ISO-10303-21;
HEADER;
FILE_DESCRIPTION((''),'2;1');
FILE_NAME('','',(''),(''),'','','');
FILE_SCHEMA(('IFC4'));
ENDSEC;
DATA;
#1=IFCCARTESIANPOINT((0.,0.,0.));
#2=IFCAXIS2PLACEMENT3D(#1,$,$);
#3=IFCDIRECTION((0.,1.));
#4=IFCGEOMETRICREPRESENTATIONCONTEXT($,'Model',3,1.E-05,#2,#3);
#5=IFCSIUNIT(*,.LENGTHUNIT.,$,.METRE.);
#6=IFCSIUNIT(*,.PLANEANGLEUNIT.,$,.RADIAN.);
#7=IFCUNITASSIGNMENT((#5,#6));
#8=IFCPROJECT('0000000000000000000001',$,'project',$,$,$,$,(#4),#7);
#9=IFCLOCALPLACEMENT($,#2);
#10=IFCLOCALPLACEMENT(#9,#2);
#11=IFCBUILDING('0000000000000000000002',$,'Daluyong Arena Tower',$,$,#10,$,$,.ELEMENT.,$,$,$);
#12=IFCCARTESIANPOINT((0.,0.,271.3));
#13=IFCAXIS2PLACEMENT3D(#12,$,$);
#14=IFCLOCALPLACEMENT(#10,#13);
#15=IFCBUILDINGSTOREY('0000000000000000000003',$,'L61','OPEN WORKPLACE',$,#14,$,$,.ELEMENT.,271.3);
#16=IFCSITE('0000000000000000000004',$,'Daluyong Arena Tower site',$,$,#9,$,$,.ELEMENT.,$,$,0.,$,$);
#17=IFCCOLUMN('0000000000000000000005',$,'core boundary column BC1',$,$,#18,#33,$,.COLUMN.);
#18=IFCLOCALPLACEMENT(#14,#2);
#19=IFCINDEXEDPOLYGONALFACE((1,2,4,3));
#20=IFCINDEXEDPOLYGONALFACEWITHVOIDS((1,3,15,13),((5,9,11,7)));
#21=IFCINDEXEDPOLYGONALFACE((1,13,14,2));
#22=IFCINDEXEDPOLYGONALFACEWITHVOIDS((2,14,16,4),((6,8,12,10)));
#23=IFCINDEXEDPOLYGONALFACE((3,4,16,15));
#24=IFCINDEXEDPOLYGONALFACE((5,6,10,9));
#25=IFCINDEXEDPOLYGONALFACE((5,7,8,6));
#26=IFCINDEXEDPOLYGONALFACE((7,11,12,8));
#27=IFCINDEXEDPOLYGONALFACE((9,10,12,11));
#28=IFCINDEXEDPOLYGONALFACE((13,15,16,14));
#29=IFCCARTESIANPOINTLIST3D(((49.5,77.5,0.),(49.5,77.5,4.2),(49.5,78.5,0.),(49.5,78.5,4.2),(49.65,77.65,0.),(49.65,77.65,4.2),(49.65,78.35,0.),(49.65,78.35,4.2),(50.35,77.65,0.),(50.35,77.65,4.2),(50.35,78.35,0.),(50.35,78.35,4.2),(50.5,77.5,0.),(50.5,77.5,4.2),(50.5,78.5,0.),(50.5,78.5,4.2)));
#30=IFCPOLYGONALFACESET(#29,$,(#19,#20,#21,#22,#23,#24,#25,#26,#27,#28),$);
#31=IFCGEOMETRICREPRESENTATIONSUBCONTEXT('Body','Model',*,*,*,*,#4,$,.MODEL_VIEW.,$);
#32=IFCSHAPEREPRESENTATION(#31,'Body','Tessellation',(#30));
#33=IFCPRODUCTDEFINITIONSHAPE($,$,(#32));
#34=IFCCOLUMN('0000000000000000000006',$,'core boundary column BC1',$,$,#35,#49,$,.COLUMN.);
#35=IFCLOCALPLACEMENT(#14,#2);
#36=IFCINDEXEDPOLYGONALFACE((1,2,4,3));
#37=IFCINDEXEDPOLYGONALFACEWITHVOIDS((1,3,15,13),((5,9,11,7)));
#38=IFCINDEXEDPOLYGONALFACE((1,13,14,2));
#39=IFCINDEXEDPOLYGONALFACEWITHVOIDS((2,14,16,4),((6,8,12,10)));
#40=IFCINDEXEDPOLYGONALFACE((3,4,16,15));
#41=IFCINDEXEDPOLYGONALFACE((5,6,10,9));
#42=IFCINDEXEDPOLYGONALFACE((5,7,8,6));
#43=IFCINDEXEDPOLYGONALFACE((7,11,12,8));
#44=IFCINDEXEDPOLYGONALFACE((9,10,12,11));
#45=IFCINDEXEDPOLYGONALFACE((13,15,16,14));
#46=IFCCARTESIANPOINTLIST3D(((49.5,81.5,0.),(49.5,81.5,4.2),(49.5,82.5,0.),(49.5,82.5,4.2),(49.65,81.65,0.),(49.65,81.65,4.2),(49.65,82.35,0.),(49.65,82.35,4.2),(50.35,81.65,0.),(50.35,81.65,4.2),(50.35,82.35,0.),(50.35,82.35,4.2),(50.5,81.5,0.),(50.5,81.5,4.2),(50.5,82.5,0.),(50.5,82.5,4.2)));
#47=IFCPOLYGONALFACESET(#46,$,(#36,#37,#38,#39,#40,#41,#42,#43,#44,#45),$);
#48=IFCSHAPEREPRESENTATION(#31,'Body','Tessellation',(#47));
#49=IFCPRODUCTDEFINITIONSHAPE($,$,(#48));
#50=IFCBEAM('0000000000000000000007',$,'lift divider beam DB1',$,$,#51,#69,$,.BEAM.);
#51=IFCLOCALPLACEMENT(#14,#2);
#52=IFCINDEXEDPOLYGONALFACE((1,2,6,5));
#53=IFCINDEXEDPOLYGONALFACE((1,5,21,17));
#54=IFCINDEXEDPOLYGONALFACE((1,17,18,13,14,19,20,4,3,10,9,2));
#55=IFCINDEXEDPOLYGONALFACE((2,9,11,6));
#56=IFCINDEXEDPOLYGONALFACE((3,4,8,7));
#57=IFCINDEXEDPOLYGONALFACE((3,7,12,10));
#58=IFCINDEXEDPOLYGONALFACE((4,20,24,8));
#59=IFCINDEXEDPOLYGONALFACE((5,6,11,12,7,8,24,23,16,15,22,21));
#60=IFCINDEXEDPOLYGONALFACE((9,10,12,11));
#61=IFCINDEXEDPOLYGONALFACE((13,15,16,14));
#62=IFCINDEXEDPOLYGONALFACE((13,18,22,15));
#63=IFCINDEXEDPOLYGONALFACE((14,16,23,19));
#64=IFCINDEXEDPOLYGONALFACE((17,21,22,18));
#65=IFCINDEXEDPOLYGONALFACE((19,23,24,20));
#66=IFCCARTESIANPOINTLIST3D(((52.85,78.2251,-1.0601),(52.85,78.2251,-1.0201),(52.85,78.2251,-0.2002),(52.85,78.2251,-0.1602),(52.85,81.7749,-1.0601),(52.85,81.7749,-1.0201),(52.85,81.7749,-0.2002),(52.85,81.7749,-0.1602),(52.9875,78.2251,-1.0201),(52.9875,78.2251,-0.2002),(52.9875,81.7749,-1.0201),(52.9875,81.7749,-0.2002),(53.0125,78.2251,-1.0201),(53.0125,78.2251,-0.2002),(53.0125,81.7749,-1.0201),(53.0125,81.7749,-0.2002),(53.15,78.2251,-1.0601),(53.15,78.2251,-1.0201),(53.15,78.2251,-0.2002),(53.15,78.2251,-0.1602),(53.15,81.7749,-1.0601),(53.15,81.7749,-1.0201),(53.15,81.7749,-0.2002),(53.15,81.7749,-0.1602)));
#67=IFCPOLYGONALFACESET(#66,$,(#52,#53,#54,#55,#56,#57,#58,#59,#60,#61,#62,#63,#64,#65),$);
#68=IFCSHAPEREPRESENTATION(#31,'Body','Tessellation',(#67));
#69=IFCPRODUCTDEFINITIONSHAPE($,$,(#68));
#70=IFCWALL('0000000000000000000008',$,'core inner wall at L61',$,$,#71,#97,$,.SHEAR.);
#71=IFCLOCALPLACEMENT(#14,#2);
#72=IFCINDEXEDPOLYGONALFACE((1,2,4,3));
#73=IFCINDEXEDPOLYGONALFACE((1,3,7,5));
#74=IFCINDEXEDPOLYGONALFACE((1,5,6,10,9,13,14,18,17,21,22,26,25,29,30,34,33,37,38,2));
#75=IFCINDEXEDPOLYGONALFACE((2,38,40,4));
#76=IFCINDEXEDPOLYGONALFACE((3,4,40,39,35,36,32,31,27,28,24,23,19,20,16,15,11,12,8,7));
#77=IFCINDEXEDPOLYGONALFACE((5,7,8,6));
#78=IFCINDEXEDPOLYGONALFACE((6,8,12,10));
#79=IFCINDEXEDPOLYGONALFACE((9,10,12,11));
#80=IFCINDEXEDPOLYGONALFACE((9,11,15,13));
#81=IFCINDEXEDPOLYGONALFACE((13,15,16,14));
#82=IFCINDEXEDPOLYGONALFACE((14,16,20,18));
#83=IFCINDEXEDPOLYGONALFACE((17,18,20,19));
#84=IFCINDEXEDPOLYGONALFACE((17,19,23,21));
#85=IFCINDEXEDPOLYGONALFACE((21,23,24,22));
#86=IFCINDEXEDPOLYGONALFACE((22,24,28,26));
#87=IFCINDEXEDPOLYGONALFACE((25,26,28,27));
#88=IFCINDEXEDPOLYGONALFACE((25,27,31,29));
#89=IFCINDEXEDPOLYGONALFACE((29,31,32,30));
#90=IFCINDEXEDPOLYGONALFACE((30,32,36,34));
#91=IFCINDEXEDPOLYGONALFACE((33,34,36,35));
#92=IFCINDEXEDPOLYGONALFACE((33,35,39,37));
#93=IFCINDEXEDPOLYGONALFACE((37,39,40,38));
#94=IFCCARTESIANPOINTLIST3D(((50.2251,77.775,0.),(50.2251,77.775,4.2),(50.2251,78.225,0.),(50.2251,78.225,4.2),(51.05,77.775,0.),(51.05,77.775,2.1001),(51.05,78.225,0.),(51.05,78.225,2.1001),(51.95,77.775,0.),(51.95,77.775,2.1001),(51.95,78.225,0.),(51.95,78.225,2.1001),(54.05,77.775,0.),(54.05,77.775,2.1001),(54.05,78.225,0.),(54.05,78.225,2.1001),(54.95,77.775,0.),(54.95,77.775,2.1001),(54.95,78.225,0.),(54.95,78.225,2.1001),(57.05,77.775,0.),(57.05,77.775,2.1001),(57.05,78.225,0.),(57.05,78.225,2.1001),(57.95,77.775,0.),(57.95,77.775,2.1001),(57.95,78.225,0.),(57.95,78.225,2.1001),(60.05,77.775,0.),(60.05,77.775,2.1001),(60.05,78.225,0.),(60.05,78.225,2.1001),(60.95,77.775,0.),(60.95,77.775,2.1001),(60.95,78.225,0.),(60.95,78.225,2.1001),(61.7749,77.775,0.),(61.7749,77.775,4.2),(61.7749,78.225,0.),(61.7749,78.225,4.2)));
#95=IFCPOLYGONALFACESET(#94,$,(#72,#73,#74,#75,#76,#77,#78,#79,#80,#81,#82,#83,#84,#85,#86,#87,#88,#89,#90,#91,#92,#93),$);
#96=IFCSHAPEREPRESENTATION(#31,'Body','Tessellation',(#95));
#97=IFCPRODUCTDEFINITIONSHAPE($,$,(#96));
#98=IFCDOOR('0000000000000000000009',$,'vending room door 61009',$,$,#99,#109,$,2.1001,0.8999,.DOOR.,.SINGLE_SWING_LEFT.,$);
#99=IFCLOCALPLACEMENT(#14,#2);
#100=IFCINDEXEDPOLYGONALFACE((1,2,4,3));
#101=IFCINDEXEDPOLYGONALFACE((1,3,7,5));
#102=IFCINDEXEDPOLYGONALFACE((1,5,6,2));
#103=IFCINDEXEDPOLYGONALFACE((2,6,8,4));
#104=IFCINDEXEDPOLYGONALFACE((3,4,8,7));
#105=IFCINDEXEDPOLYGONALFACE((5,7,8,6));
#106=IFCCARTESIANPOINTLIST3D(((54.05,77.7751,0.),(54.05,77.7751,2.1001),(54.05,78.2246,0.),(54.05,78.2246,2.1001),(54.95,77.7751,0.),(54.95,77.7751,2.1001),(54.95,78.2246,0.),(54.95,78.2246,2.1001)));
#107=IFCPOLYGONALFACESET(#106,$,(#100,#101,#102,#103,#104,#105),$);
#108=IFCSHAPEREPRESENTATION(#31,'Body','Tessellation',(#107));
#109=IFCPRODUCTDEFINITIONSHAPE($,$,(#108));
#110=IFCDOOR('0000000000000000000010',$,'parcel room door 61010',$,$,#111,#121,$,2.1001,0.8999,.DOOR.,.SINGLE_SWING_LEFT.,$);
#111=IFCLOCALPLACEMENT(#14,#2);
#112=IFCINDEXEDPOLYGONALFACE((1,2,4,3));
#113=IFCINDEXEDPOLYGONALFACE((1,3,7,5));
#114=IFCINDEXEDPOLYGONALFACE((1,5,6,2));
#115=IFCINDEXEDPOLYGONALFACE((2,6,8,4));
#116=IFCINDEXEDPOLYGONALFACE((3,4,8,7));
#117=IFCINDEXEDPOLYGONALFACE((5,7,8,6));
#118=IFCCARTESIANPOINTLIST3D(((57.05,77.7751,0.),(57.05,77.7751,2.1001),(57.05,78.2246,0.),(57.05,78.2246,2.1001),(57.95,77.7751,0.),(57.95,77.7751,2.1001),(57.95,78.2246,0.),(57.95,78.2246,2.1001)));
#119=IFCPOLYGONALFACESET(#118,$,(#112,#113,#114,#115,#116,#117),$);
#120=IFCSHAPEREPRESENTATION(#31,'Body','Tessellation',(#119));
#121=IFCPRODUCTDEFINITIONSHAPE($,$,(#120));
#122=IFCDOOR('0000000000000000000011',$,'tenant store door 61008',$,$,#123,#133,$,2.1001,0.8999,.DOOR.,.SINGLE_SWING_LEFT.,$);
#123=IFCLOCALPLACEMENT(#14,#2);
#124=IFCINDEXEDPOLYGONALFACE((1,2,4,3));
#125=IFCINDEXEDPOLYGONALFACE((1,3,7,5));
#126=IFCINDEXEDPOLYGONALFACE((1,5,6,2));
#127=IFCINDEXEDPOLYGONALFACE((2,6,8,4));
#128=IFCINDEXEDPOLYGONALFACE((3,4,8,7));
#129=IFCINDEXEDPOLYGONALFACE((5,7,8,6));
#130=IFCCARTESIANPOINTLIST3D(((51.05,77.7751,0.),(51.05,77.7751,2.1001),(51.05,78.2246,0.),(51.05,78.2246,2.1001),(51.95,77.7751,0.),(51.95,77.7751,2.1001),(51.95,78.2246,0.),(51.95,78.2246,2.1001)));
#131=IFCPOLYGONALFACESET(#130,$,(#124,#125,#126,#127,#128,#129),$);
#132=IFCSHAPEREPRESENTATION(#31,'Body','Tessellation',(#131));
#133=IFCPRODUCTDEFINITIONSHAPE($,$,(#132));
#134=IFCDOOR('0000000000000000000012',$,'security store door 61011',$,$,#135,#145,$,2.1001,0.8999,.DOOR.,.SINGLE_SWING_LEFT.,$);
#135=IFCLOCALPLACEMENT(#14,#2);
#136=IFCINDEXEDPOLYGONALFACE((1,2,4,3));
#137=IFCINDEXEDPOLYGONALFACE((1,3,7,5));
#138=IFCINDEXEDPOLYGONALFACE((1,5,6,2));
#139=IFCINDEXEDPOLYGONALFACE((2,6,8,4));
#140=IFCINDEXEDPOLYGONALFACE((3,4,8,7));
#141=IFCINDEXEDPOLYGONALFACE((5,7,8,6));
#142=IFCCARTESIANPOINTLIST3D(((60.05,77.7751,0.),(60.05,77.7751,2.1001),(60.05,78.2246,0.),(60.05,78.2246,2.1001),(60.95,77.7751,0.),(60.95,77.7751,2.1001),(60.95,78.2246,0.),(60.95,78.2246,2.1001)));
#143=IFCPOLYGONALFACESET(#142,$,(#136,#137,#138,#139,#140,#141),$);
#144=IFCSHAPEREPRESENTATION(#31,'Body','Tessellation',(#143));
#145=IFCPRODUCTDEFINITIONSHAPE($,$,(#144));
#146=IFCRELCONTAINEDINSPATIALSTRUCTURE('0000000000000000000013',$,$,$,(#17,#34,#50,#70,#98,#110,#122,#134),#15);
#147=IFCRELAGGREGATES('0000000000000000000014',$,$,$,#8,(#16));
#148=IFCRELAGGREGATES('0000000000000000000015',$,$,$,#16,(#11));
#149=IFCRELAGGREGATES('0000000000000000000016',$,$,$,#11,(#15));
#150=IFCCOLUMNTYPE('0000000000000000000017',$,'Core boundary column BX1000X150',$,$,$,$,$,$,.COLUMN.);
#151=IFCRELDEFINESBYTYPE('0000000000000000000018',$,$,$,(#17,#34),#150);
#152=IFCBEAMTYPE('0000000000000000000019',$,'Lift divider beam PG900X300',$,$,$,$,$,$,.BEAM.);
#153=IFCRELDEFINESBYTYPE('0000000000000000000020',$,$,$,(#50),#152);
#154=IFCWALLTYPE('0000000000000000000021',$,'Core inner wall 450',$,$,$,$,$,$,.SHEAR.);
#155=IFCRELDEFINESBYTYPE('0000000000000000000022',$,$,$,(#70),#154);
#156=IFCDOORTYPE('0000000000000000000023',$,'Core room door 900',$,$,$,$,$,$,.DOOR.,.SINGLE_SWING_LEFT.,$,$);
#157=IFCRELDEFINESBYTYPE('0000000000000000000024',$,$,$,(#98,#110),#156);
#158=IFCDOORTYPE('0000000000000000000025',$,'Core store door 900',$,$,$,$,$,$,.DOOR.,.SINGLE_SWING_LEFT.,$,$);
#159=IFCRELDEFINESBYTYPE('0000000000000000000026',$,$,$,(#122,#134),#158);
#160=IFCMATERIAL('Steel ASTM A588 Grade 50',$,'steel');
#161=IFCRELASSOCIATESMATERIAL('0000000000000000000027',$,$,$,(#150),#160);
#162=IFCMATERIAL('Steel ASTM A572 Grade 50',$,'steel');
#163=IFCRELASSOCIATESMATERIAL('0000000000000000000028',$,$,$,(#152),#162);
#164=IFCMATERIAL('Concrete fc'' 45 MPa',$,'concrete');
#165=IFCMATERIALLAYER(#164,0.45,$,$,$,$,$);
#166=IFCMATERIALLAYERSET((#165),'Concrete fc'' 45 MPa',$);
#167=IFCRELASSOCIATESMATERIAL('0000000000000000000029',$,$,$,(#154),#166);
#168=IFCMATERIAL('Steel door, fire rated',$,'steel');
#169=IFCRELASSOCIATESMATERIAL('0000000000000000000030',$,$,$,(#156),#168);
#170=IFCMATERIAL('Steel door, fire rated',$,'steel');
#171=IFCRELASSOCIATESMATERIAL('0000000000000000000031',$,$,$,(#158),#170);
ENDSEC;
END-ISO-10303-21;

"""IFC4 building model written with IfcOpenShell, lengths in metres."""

from ifc_helpers import new_model, si_unit, direction, frame, frame_2d, origin, origin_2d, place, context, subcontext, project, spatial, rectangle, hollow_rectangle, i_section, extrude, material, layer, layer_set, material_profile, profile_set, type_object, element, fill, save


model = new_model("IFC4")

# Units and contexts
model_context = context("Model", 3, precision=1e-05, world=origin(), true_north=direction((0.0, 1.0)))
body_context = subcontext(model_context, "Body", "Model", "MODEL_VIEW")
ifc_project = project(units=[si_unit("LENGTHUNIT", "METRE"), si_unit("PLANEANGLEUNIT", "RADIAN")], contexts=[model_context])

# Site, building, storey
site_placement = place(None, origin())
site = spatial("IfcSite", under=ifc_project, at=site_placement, Name="Daluyong Arena Tower site", CompositionType="ELEMENT", RefElevation=0.0)
building_placement = place(site_placement, origin())
building = spatial("IfcBuilding", under=site, at=building_placement, Name="Daluyong Arena Tower", CompositionType="ELEMENT")
storey_placement = place(building_placement, frame((0.0, 0.0, 271.3)))
storey = spatial("IfcBuildingStorey", under=building, at=storey_placement, Name="L61", Description="OPEN WORKPLACE", CompositionType="ELEMENT", Elevation=271.3)

# Columns
ifc_material_1 = material(Name="Steel ASTM A588 Grade 50", Category="steel")
ifc_material_profile_1 = material_profile(ifc_material_1, hollow_rectangle(XDim=1.0, YDim=1.0, WallThickness=0.15, at=origin_2d()))
ifc_profile_set_1 = profile_set([ifc_material_profile_1], Name="Steel ASTM A588 Grade 50")
column_type = type_object("IfcColumnType", Name="Core boundary column BX1000X150", PredefinedType="COLUMN", material=ifc_profile_set_1)
for number, where, z_axis, x_axis, name in (
    (1, (50.0, 78.0, 0.0), (0.0, 0.0, 1.0), (1.0, 0.0, 0.0), "core boundary column BC1"),
    (2, (50.0, 82.0, 0.0), (0.0, 0.0, 1.0), (1.0, 0.0, 0.0), "core boundary column BC1"),
):
    element("IfcColumn", number, at=place(storey_placement, frame(where, z_axis=z_axis, x_axis=x_axis)), inside=storey, type_object=column_type, Name=name, PredefinedType="COLUMN", context=body_context, shape_type="SweptSolid", body=[
        extrude(hollow_rectangle(XDim=1.0, YDim=1.0, WallThickness=0.15, at=origin_2d()), origin(), (0.0, 0.0, 1.0), 4.2),
    ])

# Beam
ifc_material_2 = material(Name="Steel ASTM A572 Grade 50", Category="steel")
ifc_material_profile_2 = material_profile(ifc_material_2, i_section(OverallWidth=0.3, OverallDepth=0.8999, WebThickness=0.025, FlangeThickness=0.04, at=origin_2d()))
ifc_profile_set_2 = profile_set([ifc_material_profile_2], Name="Steel ASTM A572 Grade 50")
beam_type = type_object("IfcBeamType", Name="Lift divider beam PG900X300", PredefinedType="BEAM", material=ifc_profile_set_2)
beam_placement = place(storey_placement, frame((53.0, 78.2251, -0.6101), z_axis=(0.0, 1.0, 0.0), x_axis=(-1.0, 0.0, 0.0)))
element("IfcBeam", 3, at=beam_placement, inside=storey, type_object=beam_type, Name="lift divider beam DB1", PredefinedType="BEAM", context=body_context, shape_type="SweptSolid", body=[
    extrude(i_section(OverallWidth=0.3, OverallDepth=0.8999, WebThickness=0.025, FlangeThickness=0.04, at=origin_2d()), origin(), (0.0, 0.0, 1.0), 3.5498),
])

# Wall, openings, doors
ifc_material_3 = material(Name="Concrete fc' 45 MPa", Category="concrete")
ifc_layer_1 = layer(ifc_material_3, 0.45)
ifc_layer_set_1 = layer_set([ifc_layer_1], Name="Concrete fc' 45 MPa")
wall_type_1 = type_object("IfcWallType", Name="Core inner wall 450", PredefinedType="SHEAR", material=ifc_layer_set_1)
wall_1_placement = place(storey_placement, frame((50.2251, 78.0, 0.0), z_axis=(0.0, 0.0, 1.0), x_axis=(1.0, 0.0, 0.0)))
wall_1 = element("IfcWall", 4, at=wall_1_placement, inside=storey, type_object=wall_type_1, Name="core inner wall at L61", PredefinedType="SHEAR", context=body_context, shape_type="SweptSolid", body=[
    extrude(rectangle(XDim=11.5498, YDim=0.45, at=frame_2d((5.7749, 0.0))), origin(), (0.0, 0.0, 1.0), 4.2),
])
opening_1_placement = place(wall_1_placement, frame((0.825, 0.0, 0.0)))
opening_1 = element("IfcOpeningElement", 5, at=opening_1_placement, cuts=wall_1, PredefinedType="OPENING", context=body_context, shape_type="SweptSolid", body=[
    extrude(rectangle(XDim=0.8999, YDim=2.1001, at=frame_2d((0.45, 1.05))), frame((0.0, 0.2349, 0.0), z_axis=(0.0, -1.0, 0.0), x_axis=(1.0, 0.0, 0.0)), (0.0, 0.0, 1.0), 0.47),
])
opening_2_placement = place(wall_1_placement, frame((3.825, 0.0, 0.0)))
opening_2 = element("IfcOpeningElement", 6, at=opening_2_placement, cuts=wall_1, PredefinedType="OPENING", context=body_context, shape_type="SweptSolid", body=[
    extrude(rectangle(XDim=0.8999, YDim=2.1001, at=frame_2d((0.45, 1.05))), frame((0.0, 0.2349, 0.0), z_axis=(0.0, -1.0, 0.0), x_axis=(1.0, 0.0, 0.0)), (0.0, 0.0, 1.0), 0.47),
])
opening_3_placement = place(wall_1_placement, frame((6.825, 0.0, 0.0)))
opening_3 = element("IfcOpeningElement", 7, at=opening_3_placement, cuts=wall_1, PredefinedType="OPENING", context=body_context, shape_type="SweptSolid", body=[
    extrude(rectangle(XDim=0.8999, YDim=2.1001, at=frame_2d((0.45, 1.05))), frame((0.0, 0.2349, 0.0), z_axis=(0.0, -1.0, 0.0), x_axis=(1.0, 0.0, 0.0)), (0.0, 0.0, 1.0), 0.47),
])
opening_4_placement = place(wall_1_placement, frame((9.825, 0.0, 0.0)))
opening_4 = element("IfcOpeningElement", 8, at=opening_4_placement, cuts=wall_1, PredefinedType="OPENING", context=body_context, shape_type="SweptSolid", body=[
    extrude(rectangle(XDim=0.8999, YDim=2.1001, at=frame_2d((0.45, 1.05))), frame((0.0, 0.2349, 0.0), z_axis=(0.0, -1.0, 0.0), x_axis=(1.0, 0.0, 0.0)), (0.0, 0.0, 1.0), 0.47),
])
ifc_material_4 = material(Name="Steel door, fire rated", Category="steel")
door_type_1 = type_object("IfcDoorType", Name="Core room door 900", OperationType="SINGLE_SWING_LEFT", PredefinedType="DOOR", material=ifc_material_4)
door_1_placement = place(opening_2_placement, origin())
door_1 = element("IfcDoor", 9, at=door_1_placement, inside=storey, type_object=door_type_1, Name="vending room door 61009", OperationType="SINGLE_SWING_LEFT", OverallHeight=2.1001, OverallWidth=0.8999, PredefinedType="DOOR", context=body_context, shape_type="SweptSolid", body=[
    extrude(rectangle(XDim=0.8999, YDim=2.1001, at=frame_2d((0.45, 1.05))), frame((0.0, 0.2246, 0.0), z_axis=(0.0, -1.0, 0.0), x_axis=(1.0, 0.0, 0.0)), (0.0, 0.0, 1.0), 0.4495),
])
fill(opening_2, door_1)
door_2_placement = place(opening_3_placement, origin())
door_2 = element("IfcDoor", 10, at=door_2_placement, inside=storey, type_object=door_type_1, Name="parcel room door 61010", OperationType="SINGLE_SWING_LEFT", OverallHeight=2.1001, OverallWidth=0.8999, PredefinedType="DOOR", context=body_context, shape_type="SweptSolid", body=[
    extrude(rectangle(XDim=0.8999, YDim=2.1001, at=frame_2d((0.45, 1.05))), frame((0.0, 0.2246, 0.0), z_axis=(0.0, -1.0, 0.0), x_axis=(1.0, 0.0, 0.0)), (0.0, 0.0, 1.0), 0.4495),
])
fill(opening_3, door_2)
ifc_material_5 = material(Name="Steel door, fire rated", Category="steel")
door_type_2 = type_object("IfcDoorType", Name="Core store door 900", OperationType="SINGLE_SWING_LEFT", PredefinedType="DOOR", material=ifc_material_5)
door_3_placement = place(opening_1_placement, origin())
door_3 = element("IfcDoor", 11, at=door_3_placement, inside=storey, type_object=door_type_2, Name="tenant store door 61008", OperationType="SINGLE_SWING_LEFT", OverallHeight=2.1001, OverallWidth=0.8999, PredefinedType="DOOR", context=body_context, shape_type="SweptSolid", body=[
    extrude(rectangle(XDim=0.8999, YDim=2.1001, at=frame_2d((0.45, 1.05))), frame((0.0, 0.2246, 0.0), z_axis=(0.0, -1.0, 0.0), x_axis=(1.0, 0.0, 0.0)), (0.0, 0.0, 1.0), 0.4495),
])
fill(opening_1, door_3)
door_4_placement = place(opening_4_placement, origin())
door_4 = element("IfcDoor", 12, at=door_4_placement, inside=storey, type_object=door_type_2, Name="security store door 61011", OperationType="SINGLE_SWING_LEFT", OverallHeight=2.1001, OverallWidth=0.8999, PredefinedType="DOOR", context=body_context, shape_type="SweptSolid", body=[
    extrude(rectangle(XDim=0.8999, YDim=2.1001, at=frame_2d((0.45, 1.05))), frame((0.0, 0.2246, 0.0), z_axis=(0.0, -1.0, 0.0), x_axis=(1.0, 0.0, 0.0)), (0.0, 0.0, 1.0), 0.4495),
])
fill(opening_4, door_4)

save(model, "model.ifc")
